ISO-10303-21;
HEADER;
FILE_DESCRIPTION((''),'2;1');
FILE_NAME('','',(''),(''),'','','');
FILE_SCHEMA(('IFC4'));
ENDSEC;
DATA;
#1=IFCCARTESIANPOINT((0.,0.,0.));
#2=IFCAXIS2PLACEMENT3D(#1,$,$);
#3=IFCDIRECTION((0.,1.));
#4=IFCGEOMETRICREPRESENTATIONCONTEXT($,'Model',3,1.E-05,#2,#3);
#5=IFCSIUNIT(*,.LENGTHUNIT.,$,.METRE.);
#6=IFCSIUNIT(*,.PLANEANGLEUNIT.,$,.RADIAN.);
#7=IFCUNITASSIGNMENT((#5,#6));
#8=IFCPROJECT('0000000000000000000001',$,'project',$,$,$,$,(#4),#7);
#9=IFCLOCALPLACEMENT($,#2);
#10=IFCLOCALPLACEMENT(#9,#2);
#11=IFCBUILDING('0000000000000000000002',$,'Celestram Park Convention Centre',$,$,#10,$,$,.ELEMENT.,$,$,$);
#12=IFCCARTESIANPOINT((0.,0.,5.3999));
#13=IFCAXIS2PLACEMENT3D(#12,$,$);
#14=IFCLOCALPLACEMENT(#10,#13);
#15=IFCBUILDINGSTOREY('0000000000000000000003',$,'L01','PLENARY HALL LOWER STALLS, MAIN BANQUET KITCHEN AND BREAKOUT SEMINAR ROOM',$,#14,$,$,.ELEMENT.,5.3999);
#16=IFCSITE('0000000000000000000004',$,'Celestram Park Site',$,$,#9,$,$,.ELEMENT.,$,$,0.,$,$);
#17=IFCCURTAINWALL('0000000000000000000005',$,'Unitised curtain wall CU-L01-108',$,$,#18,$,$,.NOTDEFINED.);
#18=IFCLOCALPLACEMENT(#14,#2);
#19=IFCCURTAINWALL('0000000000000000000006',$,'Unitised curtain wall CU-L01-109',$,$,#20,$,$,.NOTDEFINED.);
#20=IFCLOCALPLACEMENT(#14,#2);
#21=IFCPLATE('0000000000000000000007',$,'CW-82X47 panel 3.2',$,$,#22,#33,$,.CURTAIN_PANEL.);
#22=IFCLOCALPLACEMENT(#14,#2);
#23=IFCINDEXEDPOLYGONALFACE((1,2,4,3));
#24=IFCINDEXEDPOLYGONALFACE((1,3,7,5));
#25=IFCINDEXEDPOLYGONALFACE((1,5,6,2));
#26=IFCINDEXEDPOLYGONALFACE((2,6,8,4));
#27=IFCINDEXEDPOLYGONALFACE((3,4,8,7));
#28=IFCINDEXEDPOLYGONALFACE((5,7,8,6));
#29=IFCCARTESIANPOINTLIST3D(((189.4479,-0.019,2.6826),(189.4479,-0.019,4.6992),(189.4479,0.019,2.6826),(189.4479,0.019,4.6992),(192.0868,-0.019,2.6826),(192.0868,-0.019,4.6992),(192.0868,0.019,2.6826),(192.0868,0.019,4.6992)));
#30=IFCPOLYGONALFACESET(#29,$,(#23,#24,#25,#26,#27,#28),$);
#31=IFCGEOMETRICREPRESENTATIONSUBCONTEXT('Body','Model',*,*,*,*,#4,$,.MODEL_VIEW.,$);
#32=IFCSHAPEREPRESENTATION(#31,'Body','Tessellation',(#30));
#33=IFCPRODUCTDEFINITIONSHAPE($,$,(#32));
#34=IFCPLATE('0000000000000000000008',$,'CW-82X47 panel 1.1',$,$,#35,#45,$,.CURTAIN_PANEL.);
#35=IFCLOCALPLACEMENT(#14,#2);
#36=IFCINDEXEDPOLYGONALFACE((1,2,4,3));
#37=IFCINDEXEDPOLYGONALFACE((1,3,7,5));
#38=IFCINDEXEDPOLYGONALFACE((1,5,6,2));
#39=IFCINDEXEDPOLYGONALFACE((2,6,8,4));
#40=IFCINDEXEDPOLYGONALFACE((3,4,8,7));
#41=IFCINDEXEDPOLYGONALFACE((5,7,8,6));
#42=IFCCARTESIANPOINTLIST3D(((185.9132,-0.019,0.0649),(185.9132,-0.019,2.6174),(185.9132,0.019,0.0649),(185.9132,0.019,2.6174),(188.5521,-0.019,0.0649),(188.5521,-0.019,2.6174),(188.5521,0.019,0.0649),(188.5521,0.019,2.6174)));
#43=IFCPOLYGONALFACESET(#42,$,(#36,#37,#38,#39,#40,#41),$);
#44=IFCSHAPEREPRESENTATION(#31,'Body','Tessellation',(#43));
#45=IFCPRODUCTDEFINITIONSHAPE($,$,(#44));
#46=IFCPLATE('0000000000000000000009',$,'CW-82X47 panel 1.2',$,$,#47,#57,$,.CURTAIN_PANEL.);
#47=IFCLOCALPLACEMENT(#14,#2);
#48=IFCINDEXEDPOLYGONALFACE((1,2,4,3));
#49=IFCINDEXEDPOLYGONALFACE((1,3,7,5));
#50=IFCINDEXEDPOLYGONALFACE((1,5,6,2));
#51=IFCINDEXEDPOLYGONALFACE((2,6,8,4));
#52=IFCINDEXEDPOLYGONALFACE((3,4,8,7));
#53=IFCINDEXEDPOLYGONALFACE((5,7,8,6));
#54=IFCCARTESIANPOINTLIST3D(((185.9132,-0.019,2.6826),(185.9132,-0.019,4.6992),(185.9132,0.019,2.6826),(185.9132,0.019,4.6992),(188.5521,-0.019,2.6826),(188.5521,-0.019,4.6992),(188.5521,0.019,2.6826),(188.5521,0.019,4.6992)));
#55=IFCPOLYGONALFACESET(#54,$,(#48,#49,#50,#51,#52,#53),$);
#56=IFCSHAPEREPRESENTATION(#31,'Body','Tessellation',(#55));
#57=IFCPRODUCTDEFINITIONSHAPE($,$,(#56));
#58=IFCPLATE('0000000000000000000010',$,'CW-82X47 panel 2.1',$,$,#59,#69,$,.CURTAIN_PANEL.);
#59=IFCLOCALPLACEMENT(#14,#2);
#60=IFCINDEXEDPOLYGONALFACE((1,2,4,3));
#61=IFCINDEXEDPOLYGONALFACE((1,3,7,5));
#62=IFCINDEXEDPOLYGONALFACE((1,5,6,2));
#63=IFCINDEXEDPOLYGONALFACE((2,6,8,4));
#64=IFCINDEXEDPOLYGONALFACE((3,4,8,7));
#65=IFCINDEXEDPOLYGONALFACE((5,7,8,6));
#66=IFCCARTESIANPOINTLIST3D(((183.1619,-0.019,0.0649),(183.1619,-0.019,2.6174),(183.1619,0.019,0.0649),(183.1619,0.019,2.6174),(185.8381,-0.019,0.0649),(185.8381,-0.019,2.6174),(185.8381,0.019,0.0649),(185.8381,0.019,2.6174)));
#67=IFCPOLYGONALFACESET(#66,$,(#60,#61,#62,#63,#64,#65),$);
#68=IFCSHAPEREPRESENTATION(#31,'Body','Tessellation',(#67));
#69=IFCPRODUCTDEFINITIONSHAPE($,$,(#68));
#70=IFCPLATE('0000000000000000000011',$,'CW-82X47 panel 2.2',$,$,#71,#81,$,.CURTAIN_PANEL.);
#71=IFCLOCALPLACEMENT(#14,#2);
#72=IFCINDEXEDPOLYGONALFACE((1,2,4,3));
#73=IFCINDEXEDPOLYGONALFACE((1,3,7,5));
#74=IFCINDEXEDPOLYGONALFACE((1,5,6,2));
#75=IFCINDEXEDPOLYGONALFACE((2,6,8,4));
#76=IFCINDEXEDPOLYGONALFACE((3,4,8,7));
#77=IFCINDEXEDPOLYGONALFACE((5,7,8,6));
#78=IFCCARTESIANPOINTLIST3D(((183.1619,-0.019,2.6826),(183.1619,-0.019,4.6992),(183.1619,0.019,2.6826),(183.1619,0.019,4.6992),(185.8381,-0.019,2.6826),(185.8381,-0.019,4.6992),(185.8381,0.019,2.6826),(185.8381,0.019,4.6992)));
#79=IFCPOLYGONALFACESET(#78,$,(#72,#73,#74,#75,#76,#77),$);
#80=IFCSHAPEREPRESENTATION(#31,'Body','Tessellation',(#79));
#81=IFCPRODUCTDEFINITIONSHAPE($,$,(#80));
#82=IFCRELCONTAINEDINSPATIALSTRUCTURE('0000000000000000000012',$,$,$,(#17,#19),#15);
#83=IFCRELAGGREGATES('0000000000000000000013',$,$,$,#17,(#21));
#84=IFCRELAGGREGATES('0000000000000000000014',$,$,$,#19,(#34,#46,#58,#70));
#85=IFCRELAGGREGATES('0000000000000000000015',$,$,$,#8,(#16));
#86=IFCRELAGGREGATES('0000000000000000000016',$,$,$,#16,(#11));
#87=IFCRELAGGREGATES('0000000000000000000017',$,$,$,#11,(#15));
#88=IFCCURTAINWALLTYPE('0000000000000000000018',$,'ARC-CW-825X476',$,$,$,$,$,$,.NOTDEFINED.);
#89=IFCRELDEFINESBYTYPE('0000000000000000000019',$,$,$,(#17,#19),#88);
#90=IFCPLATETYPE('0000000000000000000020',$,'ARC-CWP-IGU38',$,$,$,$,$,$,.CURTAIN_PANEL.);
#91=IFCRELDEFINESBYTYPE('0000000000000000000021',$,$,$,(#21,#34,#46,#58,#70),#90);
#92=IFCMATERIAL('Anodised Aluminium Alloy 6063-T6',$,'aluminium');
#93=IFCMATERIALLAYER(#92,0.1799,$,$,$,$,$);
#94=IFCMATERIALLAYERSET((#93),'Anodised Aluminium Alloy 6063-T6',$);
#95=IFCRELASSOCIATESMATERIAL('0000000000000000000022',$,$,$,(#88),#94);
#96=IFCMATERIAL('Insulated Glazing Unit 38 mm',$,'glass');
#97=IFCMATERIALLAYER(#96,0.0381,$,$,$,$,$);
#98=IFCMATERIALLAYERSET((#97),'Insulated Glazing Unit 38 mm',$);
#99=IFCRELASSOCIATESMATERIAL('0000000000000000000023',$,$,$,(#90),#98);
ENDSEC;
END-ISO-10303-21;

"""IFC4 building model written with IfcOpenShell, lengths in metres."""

from ifc_helpers import new_model, si_unit, direction, frame, origin, origin_2d, place, context, subcontext, project, spatial, rectangle, extrude, material, layer, layer_set, type_object, element, aggregate, save


model = new_model("IFC4")

# Units and contexts
model_context = context("Model", 3, precision=1e-05, world=origin(), true_north=direction((0.0, 1.0)))
body_context = subcontext(model_context, "Body", "Model", "MODEL_VIEW")
ifc_project = project(units=[si_unit("LENGTHUNIT", "METRE"), si_unit("PLANEANGLEUNIT", "RADIAN")], contexts=[model_context])

# Site, building, storey
site_placement = place(None, origin())
site = spatial("IfcSite", under=ifc_project, at=site_placement, Name="Celestram Park Site", CompositionType="ELEMENT", RefElevation=0.0)
building_placement = place(site_placement, origin())
building = spatial("IfcBuilding", under=site, at=building_placement, Name="Celestram Park Convention Centre", CompositionType="ELEMENT")
storey_placement = place(building_placement, frame((0.0, 0.0, 5.3999)))
storey = spatial("IfcBuildingStorey", under=building, at=storey_placement, Name="L01", Description="PLENARY HALL LOWER STALLS, MAIN BANQUET KITCHEN AND BREAKOUT SEMINAR ROOM", CompositionType="ELEMENT", Elevation=5.3999)

# Curtain walls
ifc_material_1 = material(Name="Anodised Aluminium Alloy 6063-T6", Category="aluminium")
ifc_layer_1 = layer(ifc_material_1, 0.1799)
ifc_layer_set_1 = layer_set([ifc_layer_1], Name="Anodised Aluminium Alloy 6063-T6")
curtain_wall_type = type_object("IfcCurtainWallType", Name="ARC-CW-825X476", PredefinedType="NOTDEFINED", material=ifc_layer_set_1)
curtain_wall_1_placement = place(storey_placement, origin())
curtain_wall_1 = element("IfcCurtainWall", 1, at=curtain_wall_1_placement, inside=storey, type_object=curtain_wall_type, Name="Unitised curtain wall CU-L01-108", PredefinedType="NOTDEFINED")
curtain_wall_2_placement = place(storey_placement, origin())
curtain_wall_2 = element("IfcCurtainWall", 2, at=curtain_wall_2_placement, inside=storey, type_object=curtain_wall_type, Name="Unitised curtain wall CU-L01-109", PredefinedType="NOTDEFINED")

# Plates
ifc_material_2 = material(Name="Insulated Glazing Unit 38 mm", Category="glass")
ifc_layer_2 = layer(ifc_material_2, 0.0381)
ifc_layer_set_2 = layer_set([ifc_layer_2], Name="Insulated Glazing Unit 38 mm")
plate_type = type_object("IfcPlateType", Name="ARC-CWP-IGU38", PredefinedType="CURTAIN_PANEL", material=ifc_layer_set_2)
plate_1_placement = place(storey_placement, frame((190.7673, 0.0, 2.6826), z_axis=(0.0, 0.0, 1.0), x_axis=(-1.0, 0.0, 0.0)))
plate_1 = element("IfcPlate", 3, at=plate_1_placement, type_object=plate_type, Name="CW-82X47 panel 3.2", PredefinedType="CURTAIN_PANEL", context=body_context, shape_type="SweptSolid", body=[
    extrude(rectangle(XDim=2.6389, YDim=0.0381, at=origin_2d()), origin(), (0.0, 0.0, 1.0), 2.0166),
])
aggregate(curtain_wall_1, [plate_1])
plate_2_placement = place(storey_placement, frame((187.2327, 0.0, 0.0649), z_axis=(0.0, 0.0, 1.0), x_axis=(-1.0, 0.0, 0.0)))
plate_2 = element("IfcPlate", 4, at=plate_2_placement, type_object=plate_type, Name="CW-82X47 panel 1.1", PredefinedType="CURTAIN_PANEL", context=body_context, shape_type="SweptSolid", body=[
    extrude(rectangle(XDim=2.6389, YDim=0.0381, at=origin_2d()), origin(), (0.0, 0.0, 1.0), 2.5525),
])
plate_3_placement = place(storey_placement, frame((187.2327, 0.0, 2.6826), z_axis=(0.0, 0.0, 1.0), x_axis=(-1.0, 0.0, 0.0)))
plate_3 = element("IfcPlate", 5, at=plate_3_placement, type_object=plate_type, Name="CW-82X47 panel 1.2", PredefinedType="CURTAIN_PANEL", context=body_context, shape_type="SweptSolid", body=[
    extrude(rectangle(XDim=2.6389, YDim=0.0381, at=origin_2d()), origin(), (0.0, 0.0, 1.0), 2.0166),
])
plate_4_placement = place(storey_placement, frame((184.5, 0.0, 0.0649), z_axis=(0.0, 0.0, 1.0), x_axis=(-1.0, 0.0, 0.0)))
plate_4 = element("IfcPlate", 6, at=plate_4_placement, type_object=plate_type, Name="CW-82X47 panel 2.1", PredefinedType="CURTAIN_PANEL", context=body_context, shape_type="SweptSolid", body=[
    extrude(rectangle(XDim=2.6763, YDim=0.0381, at=origin_2d()), origin(), (0.0, 0.0, 1.0), 2.5525),
])
plate_5_placement = place(storey_placement, frame((184.5, 0.0, 2.6826), z_axis=(0.0, 0.0, 1.0), x_axis=(-1.0, 0.0, 0.0)))
plate_5 = element("IfcPlate", 7, at=plate_5_placement, type_object=plate_type, Name="CW-82X47 panel 2.2", PredefinedType="CURTAIN_PANEL", context=body_context, shape_type="SweptSolid", body=[
    extrude(rectangle(XDim=2.6763, YDim=0.0381, at=origin_2d()), origin(), (0.0, 0.0, 1.0), 2.0166),
])
aggregate(curtain_wall_2, [plate_2, plate_3, plate_4, plate_5])

save(model, "model.ifc")
